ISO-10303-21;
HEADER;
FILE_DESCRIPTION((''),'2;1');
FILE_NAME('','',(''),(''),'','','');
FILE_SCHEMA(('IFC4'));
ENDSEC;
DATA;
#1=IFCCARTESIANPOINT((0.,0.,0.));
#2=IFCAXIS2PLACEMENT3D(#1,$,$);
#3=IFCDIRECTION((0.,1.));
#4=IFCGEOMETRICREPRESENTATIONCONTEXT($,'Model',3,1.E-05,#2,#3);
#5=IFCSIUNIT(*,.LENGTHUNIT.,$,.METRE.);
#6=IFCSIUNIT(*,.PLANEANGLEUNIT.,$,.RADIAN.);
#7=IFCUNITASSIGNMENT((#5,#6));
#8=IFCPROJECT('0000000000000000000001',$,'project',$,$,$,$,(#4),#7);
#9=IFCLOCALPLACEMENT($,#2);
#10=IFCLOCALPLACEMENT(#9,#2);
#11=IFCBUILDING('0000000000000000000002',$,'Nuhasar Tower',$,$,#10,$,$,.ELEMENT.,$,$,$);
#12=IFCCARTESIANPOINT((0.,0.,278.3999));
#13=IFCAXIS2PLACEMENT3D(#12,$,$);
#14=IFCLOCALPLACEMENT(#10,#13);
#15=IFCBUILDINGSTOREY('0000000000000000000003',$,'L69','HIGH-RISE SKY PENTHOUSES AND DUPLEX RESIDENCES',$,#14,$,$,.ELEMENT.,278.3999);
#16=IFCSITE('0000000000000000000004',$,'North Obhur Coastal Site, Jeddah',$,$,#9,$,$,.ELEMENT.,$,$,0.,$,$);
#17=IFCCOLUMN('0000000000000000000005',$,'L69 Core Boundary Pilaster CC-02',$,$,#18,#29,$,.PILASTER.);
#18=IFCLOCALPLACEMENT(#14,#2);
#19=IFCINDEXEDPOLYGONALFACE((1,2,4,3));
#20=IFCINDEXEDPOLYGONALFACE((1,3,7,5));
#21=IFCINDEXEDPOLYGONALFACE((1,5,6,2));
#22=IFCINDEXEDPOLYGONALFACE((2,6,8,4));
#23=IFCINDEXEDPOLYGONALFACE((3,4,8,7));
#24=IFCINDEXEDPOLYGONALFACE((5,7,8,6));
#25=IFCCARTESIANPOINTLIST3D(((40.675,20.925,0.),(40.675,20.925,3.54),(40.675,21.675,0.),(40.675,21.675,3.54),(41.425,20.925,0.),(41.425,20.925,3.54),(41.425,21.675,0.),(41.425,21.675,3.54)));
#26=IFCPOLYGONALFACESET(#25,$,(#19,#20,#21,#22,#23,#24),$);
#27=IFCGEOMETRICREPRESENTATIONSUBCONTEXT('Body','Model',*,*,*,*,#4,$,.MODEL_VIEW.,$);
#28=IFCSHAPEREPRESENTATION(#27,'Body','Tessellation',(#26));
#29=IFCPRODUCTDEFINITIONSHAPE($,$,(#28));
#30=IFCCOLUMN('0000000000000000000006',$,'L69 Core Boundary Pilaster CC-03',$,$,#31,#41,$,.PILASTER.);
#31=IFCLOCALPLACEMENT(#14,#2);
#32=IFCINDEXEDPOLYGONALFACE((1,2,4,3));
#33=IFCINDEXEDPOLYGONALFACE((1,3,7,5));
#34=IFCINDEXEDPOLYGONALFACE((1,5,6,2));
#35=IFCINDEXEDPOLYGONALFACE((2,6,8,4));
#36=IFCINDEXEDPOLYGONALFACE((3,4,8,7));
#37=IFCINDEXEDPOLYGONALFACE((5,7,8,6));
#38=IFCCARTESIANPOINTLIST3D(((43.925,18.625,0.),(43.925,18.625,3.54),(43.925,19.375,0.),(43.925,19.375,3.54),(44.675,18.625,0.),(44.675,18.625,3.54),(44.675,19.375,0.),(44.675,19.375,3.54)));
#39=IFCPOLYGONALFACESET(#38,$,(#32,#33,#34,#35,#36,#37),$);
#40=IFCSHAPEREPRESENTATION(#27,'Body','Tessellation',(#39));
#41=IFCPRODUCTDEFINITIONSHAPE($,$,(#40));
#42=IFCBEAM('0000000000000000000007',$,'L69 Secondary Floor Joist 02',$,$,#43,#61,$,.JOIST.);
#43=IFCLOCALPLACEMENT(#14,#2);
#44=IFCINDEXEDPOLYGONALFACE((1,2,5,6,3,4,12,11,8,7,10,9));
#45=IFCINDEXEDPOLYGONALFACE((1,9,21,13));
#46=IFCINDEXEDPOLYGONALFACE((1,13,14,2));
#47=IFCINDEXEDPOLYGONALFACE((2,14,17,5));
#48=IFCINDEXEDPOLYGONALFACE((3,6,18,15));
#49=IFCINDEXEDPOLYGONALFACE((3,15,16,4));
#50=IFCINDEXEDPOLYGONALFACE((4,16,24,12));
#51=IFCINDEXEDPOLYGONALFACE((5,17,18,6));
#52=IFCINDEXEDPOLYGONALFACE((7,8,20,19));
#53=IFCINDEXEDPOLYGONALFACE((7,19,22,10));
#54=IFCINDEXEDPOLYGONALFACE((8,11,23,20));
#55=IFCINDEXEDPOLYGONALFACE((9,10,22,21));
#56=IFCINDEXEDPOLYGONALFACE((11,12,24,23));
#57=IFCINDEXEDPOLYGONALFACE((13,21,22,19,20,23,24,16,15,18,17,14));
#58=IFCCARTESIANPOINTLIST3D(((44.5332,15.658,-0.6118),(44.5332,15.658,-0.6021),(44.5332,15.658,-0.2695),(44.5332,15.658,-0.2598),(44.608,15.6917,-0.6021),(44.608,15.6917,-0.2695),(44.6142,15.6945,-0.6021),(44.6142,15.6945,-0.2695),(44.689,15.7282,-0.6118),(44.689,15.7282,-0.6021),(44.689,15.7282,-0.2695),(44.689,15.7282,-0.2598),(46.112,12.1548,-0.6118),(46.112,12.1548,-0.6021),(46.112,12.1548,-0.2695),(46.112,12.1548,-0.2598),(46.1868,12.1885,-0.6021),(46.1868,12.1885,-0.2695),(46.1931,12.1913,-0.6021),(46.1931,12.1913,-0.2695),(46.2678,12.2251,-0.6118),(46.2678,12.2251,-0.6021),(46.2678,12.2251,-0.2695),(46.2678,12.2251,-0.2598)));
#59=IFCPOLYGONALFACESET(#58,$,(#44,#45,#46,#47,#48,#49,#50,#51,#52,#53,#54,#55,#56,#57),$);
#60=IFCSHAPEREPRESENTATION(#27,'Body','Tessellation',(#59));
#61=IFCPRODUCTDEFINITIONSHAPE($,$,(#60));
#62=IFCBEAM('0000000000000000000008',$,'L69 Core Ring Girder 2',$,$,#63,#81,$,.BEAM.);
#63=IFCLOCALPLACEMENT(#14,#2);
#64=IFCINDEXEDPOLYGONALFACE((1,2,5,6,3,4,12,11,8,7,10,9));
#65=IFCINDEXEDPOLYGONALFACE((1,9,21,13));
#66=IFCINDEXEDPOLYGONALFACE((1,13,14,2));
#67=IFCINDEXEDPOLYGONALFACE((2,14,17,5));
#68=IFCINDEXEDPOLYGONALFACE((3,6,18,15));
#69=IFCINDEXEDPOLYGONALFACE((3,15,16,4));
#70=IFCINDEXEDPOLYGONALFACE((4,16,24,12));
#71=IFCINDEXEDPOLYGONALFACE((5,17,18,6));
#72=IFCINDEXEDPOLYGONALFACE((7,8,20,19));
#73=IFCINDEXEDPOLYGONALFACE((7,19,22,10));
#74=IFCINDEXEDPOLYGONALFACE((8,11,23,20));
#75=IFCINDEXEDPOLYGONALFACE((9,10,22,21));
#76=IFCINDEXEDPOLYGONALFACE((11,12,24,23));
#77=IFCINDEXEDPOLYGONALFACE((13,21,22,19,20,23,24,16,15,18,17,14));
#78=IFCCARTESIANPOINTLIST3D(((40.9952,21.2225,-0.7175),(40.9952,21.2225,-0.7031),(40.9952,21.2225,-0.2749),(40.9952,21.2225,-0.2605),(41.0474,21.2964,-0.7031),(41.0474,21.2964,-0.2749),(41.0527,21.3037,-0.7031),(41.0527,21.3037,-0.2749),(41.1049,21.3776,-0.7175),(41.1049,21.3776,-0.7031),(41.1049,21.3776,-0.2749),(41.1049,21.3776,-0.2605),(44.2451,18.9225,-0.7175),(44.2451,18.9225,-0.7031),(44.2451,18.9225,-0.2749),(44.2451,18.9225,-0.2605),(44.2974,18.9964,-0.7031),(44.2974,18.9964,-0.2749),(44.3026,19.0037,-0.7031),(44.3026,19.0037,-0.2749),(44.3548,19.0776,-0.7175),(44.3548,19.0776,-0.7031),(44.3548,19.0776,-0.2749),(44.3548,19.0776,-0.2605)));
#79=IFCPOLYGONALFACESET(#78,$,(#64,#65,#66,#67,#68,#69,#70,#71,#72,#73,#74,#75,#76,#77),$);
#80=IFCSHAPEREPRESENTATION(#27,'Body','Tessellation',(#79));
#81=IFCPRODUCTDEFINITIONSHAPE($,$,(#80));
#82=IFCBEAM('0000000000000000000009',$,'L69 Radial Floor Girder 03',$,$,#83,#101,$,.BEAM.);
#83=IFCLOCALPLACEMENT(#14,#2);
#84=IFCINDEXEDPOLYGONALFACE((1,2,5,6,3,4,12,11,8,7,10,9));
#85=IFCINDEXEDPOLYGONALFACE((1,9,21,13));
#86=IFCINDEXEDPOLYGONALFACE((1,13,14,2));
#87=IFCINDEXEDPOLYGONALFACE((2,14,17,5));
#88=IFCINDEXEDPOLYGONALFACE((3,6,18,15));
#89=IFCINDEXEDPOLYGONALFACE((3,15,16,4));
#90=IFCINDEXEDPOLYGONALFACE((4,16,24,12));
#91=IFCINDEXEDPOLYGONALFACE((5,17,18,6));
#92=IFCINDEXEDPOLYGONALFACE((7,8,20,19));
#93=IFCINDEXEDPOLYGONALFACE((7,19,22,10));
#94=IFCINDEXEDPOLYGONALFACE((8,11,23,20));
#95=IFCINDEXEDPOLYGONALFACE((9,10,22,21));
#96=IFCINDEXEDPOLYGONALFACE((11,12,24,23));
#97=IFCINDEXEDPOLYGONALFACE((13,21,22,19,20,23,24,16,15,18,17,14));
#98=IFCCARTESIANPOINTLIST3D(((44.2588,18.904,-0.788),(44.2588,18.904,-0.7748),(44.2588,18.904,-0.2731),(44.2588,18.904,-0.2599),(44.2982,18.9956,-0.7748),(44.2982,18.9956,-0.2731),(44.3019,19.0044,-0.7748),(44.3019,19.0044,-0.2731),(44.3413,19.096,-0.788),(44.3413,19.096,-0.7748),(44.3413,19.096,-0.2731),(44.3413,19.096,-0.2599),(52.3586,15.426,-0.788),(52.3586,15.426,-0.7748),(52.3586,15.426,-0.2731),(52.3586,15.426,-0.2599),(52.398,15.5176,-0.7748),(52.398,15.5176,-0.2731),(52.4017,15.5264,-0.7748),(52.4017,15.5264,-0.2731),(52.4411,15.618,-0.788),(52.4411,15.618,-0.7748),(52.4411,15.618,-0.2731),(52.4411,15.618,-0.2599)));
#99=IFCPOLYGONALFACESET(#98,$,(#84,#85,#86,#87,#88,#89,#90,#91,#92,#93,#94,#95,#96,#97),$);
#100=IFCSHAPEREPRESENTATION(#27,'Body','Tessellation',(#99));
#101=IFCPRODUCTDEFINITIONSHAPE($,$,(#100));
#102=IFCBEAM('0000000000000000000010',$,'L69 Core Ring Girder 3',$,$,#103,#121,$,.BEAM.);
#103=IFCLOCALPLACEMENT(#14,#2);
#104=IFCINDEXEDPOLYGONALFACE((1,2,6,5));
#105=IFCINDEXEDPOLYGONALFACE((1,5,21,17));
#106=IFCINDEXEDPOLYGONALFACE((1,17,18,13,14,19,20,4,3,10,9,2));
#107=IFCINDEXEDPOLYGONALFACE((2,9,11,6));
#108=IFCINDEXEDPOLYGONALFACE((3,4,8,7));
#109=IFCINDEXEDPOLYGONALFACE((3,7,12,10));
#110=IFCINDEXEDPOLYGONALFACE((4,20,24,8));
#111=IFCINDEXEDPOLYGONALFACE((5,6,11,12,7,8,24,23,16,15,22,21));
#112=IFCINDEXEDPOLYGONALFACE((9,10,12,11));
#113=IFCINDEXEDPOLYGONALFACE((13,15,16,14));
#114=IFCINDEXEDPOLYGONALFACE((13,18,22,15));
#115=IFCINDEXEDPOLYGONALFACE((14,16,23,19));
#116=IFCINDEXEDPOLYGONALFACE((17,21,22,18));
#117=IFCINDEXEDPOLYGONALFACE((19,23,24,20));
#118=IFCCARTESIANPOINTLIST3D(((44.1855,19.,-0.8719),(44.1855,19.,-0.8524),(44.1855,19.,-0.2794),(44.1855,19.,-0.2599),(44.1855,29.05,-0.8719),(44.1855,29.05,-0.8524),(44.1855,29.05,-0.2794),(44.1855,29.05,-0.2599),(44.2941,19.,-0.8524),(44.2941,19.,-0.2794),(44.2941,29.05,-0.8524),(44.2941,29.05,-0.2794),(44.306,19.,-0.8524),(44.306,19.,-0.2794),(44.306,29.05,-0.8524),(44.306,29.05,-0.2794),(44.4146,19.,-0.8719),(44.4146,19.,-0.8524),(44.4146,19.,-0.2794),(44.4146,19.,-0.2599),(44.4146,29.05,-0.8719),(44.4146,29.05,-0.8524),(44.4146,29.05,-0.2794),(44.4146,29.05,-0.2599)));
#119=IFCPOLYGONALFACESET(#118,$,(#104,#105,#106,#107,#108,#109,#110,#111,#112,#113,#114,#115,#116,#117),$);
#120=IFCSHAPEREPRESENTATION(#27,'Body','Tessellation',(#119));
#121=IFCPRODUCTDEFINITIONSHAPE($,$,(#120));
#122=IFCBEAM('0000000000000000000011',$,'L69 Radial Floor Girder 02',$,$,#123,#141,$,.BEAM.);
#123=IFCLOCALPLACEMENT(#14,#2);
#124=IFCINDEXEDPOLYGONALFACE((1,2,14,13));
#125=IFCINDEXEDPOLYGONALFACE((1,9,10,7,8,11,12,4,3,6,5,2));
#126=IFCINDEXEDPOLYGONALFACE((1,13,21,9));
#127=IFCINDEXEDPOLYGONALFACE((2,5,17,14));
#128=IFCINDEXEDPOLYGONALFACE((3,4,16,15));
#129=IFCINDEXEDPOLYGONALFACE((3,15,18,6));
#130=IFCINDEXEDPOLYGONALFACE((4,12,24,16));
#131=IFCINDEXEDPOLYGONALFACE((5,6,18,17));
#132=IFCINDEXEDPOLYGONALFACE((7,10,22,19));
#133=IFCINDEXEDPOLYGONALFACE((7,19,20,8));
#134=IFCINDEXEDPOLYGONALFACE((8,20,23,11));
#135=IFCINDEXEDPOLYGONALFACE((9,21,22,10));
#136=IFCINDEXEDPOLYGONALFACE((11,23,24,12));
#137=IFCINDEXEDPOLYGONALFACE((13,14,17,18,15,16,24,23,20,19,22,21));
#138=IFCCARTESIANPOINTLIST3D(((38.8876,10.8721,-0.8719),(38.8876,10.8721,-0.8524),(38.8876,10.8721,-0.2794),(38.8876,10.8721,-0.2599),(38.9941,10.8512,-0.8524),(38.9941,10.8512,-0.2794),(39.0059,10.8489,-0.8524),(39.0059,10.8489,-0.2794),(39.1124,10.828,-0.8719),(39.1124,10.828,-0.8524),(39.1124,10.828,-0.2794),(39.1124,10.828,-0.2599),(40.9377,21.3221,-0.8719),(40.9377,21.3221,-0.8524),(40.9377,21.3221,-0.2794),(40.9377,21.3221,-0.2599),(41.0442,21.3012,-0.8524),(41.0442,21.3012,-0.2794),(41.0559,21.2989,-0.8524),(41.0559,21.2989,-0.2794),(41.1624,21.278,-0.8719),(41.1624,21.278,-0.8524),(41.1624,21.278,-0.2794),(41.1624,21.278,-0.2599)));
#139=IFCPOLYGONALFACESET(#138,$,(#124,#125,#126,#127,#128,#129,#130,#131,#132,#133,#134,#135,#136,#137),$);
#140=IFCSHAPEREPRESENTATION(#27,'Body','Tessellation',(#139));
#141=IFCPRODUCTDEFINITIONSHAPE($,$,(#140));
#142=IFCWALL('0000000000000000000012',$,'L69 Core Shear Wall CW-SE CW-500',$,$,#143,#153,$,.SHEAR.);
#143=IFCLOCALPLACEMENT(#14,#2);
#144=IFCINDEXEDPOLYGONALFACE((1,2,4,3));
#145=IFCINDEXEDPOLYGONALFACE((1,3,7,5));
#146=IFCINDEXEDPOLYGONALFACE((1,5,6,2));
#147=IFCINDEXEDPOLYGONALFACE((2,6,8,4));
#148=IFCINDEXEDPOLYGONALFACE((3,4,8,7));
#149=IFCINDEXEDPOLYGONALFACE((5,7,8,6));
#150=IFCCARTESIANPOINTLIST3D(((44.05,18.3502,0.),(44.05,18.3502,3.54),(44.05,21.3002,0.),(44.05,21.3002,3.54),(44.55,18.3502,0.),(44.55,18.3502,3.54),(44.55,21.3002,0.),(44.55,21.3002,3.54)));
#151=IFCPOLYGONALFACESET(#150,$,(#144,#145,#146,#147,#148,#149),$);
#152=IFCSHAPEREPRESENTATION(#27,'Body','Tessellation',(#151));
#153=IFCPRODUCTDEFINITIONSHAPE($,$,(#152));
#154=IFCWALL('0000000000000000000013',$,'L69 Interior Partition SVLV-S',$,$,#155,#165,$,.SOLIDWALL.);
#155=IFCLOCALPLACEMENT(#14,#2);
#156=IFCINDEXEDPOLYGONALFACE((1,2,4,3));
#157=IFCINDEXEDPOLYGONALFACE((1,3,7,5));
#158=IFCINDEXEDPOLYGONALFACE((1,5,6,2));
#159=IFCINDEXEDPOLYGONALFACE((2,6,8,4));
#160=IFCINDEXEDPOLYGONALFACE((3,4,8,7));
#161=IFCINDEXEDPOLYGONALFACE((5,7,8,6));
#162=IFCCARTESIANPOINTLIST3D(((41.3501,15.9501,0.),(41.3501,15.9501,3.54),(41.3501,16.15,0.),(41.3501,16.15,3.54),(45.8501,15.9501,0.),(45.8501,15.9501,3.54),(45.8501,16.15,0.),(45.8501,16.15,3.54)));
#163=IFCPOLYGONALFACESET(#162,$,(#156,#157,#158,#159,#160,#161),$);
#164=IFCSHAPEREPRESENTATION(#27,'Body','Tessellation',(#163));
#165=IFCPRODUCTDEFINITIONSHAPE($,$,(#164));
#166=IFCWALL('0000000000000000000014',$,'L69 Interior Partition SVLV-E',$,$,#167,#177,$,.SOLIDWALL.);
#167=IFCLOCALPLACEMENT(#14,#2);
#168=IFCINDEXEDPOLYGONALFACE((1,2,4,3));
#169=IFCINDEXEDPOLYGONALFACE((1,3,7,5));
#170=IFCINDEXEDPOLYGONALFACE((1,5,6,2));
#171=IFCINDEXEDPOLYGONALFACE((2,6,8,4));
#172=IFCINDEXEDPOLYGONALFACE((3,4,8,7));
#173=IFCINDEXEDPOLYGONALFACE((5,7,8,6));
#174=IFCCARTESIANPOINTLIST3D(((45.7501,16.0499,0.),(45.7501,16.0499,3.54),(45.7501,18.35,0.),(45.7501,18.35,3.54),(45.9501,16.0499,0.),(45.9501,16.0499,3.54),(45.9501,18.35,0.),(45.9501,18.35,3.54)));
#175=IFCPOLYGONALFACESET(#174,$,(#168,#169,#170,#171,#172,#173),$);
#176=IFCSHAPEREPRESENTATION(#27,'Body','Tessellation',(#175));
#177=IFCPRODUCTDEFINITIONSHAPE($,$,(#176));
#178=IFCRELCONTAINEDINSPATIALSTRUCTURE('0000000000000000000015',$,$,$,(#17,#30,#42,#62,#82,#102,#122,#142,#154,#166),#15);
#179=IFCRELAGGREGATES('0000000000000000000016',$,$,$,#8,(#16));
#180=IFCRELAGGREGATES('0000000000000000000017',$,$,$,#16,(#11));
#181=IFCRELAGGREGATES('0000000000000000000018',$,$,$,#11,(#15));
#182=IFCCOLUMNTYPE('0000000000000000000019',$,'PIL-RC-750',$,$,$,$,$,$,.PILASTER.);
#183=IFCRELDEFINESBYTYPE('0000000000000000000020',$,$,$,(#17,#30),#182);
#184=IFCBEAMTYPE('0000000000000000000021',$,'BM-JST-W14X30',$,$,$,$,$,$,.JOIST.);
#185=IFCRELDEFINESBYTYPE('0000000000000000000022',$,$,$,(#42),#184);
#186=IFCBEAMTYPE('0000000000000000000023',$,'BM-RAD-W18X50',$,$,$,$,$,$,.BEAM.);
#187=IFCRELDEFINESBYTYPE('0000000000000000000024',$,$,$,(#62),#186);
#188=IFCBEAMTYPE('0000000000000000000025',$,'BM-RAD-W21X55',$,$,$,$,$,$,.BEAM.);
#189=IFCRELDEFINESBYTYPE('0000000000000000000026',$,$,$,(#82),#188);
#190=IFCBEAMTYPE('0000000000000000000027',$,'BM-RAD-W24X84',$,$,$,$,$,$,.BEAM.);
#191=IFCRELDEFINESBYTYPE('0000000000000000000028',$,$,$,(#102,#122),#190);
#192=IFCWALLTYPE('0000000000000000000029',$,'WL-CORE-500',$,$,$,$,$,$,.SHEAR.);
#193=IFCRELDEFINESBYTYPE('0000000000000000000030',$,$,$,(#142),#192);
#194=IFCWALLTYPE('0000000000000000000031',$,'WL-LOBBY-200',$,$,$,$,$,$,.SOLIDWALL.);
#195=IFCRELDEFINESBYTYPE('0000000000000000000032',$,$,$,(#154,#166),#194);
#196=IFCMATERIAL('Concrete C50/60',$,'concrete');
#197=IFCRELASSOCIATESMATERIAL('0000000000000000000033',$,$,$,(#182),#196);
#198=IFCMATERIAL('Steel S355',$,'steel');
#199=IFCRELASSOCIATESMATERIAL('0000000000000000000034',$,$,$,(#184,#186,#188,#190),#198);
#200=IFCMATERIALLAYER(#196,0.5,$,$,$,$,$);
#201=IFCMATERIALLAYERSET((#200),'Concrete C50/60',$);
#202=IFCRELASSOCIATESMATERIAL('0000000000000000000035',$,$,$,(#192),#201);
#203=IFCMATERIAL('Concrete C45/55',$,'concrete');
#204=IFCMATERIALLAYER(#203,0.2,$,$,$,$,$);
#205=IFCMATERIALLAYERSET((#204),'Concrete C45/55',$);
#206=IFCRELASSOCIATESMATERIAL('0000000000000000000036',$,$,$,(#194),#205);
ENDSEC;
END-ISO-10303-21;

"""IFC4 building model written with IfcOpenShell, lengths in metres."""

from ifc_helpers import new_model, si_unit, direction, frame, frame_2d, origin, origin_2d, place, context, subcontext, project, spatial, rectangle, i_section, extrude, material, layer, layer_set, material_profile, profile_set, type_object, element, save


model = new_model("IFC4")

# Units and contexts
model_context = context("Model", 3, precision=1e-05, world=origin(), true_north=direction((0.0, 1.0)))
body_context = subcontext(model_context, "Body", "Model", "MODEL_VIEW")
ifc_project = project(units=[si_unit("LENGTHUNIT", "METRE"), si_unit("PLANEANGLEUNIT", "RADIAN")], contexts=[model_context])

# Site, building, storey
site_placement = place(None, origin())
site = spatial("IfcSite", under=ifc_project, at=site_placement, Name="North Obhur Coastal Site, Jeddah", CompositionType="ELEMENT", RefElevation=0.0)
building_placement = place(site_placement, origin())
building = spatial("IfcBuilding", under=site, at=building_placement, Name="Nuhasar Tower", CompositionType="ELEMENT")
storey_placement = place(building_placement, frame((0.0, 0.0, 278.3999)))
storey = spatial("IfcBuildingStorey", under=building, at=storey_placement, Name="L69", Description="HIGH-RISE SKY PENTHOUSES AND DUPLEX RESIDENCES", CompositionType="ELEMENT", Elevation=278.3999)

# Columns
ifc_material_1 = material(Name="Concrete C50/60", Category="concrete")
ifc_material_profile_1 = material_profile(ifc_material_1, rectangle(XDim=0.75, YDim=0.75, at=origin_2d()), Name="RC750X750")
ifc_profile_set_1 = profile_set([ifc_material_profile_1], Name="Concrete C50/60")
column_type = type_object("IfcColumnType", Name="PIL-RC-750", PredefinedType="PILASTER", material=ifc_profile_set_1)
for number, where, z_axis, x_axis, name in (
    (1, (41.05, 21.3, 0.0), (0.0, 0.0, 1.0), (1.0, 0.0, 0.0), "L69 Core Boundary Pilaster CC-02"),
    (2, (44.3, 19.0, 0.0), (0.0, 0.0, 1.0), (1.0, 0.0, 0.0), "L69 Core Boundary Pilaster CC-03"),
):
    element("IfcColumn", number, at=place(storey_placement, frame(where, z_axis=z_axis, x_axis=x_axis)), inside=storey, type_object=column_type, Name=name, PredefinedType="PILASTER", context=body_context, shape_type="SweptSolid", body=[
        extrude(rectangle(XDim=0.75, YDim=0.75, at=origin_2d()), origin(), (0.0, 0.0, 1.0), 3.54),
    ])

# Beams
ifc_material_2 = material(Name="Steel S355", Category="steel")
ifc_material_profile_2 = material_profile(ifc_material_2, i_section(OverallWidth=0.1709, OverallDepth=0.3521, WebThickness=0.0068, FlangeThickness=0.0098, at=origin_2d()), Name="W14X30")
ifc_profile_set_2 = profile_set([ifc_material_profile_2], Name="Steel S355")
beam_type_1 = type_object("IfcBeamType", Name="BM-JST-W14X30", PredefinedType="JOIST", material=ifc_profile_set_2)
beam_1_placement = place(storey_placement, frame((44.6111, 15.6931, -0.4358), z_axis=(0.41089, -0.911685, 0.0), x_axis=(0.911685, 0.41089, 0.0)))
element("IfcBeam", 3, at=beam_1_placement, inside=storey, type_object=beam_type_1, Name="L69 Secondary Floor Joist 02", PredefinedType="JOIST", context=body_context, shape_type="SweptSolid", body=[
    extrude(i_section(OverallWidth=0.1709, OverallDepth=0.3521, WebThickness=0.0068, FlangeThickness=0.0098, at=origin_2d()), origin(), (0.0, 0.0, 1.0), 3.8425),
])
ifc_material_profile_3 = material_profile(ifc_material_2, i_section(OverallWidth=0.1899, OverallDepth=0.457, WebThickness=0.009, FlangeThickness=0.0144, at=origin_2d()), Name="W18X50")
ifc_profile_set_3 = profile_set([ifc_material_profile_3], Name="Steel S355")
beam_type_2 = type_object("IfcBeamType", Name="BM-RAD-W18X50", PredefinedType="BEAM", material=ifc_profile_set_3)
beam_2_placement = place(storey_placement, frame((41.05, 21.3, -0.489), z_axis=(0.816265, -0.577677, 0.0), x_axis=(0.577677, 0.816265, 0.0)))
element("IfcBeam", 4, at=beam_2_placement, inside=storey, type_object=beam_type_2, Name="L69 Core Ring Girder 2", PredefinedType="BEAM", context=body_context, shape_type="SweptSolid", body=[
    extrude(i_section(OverallWidth=0.1899, OverallDepth=0.457, WebThickness=0.009, FlangeThickness=0.0144, at=origin_2d()), origin(), (0.0, 0.0, 1.0), 3.9814),
])
ifc_material_profile_4 = material_profile(ifc_material_2, i_section(OverallWidth=0.209, OverallDepth=0.5281, WebThickness=0.0095, FlangeThickness=0.0132, at=origin_2d()), Name="W21X55")
ifc_profile_set_4 = profile_set([ifc_material_profile_4], Name="Steel S355")
beam_type_3 = type_object("IfcBeamType", Name="BM-RAD-W21X55", PredefinedType="BEAM", material=ifc_profile_set_4)
beam_3_placement = place(storey_placement, frame((44.3, 19.0, -0.5239), z_axis=(0.918871, -0.394558, 0.0), x_axis=(0.394558, 0.918871, 0.0)))
element("IfcBeam", 5, at=beam_3_placement, inside=storey, type_object=beam_type_3, Name="L69 Radial Floor Girder 03", PredefinedType="BEAM", context=body_context, shape_type="SweptSolid", body=[
    extrude(i_section(OverallWidth=0.209, OverallDepth=0.5281, WebThickness=0.0095, FlangeThickness=0.0132, at=origin_2d()), origin(), (0.0, 0.0, 1.0), 8.8149),
])
ifc_material_profile_5 = material_profile(ifc_material_2, i_section(OverallWidth=0.229, OverallDepth=0.6121, WebThickness=0.012, FlangeThickness=0.0195, at=origin_2d()), Name="W24X84")
ifc_profile_set_5 = profile_set([ifc_material_profile_5], Name="Steel S355")
beam_type_4 = type_object("IfcBeamType", Name="BM-RAD-W24X84", PredefinedType="BEAM", material=ifc_profile_set_5)
beam_4_placement = place(storey_placement, frame((44.3, 19.0, -0.5659), z_axis=(0.0, 1.0, 0.0), x_axis=(-1.0, 0.0, 0.0)))
element("IfcBeam", 6, at=beam_4_placement, inside=storey, type_object=beam_type_4, Name="L69 Core Ring Girder 3", PredefinedType="BEAM", context=body_context, shape_type="SweptSolid", body=[
    extrude(i_section(OverallWidth=0.229, OverallDepth=0.6121, WebThickness=0.012, FlangeThickness=0.0195, at=origin_2d()), origin(), (0.0, 0.0, 1.0), 10.05),
])
beam_5_placement = place(storey_placement, frame((41.05, 21.3, -0.5659), z_axis=(-0.192508, -0.981295, 0.0), x_axis=(0.981295, -0.192508, 0.0)))
element("IfcBeam", 7, at=beam_5_placement, inside=storey, type_object=beam_type_4, Name="L69 Radial Floor Girder 02", PredefinedType="BEAM", context=body_context, shape_type="SweptSolid", body=[
    extrude(i_section(OverallWidth=0.229, OverallDepth=0.6121, WebThickness=0.012, FlangeThickness=0.0195, at=origin_2d()), origin(), (0.0, 0.0, 1.0), 10.6492),
])

# Wall
ifc_layer_1 = layer(ifc_material_1, 0.5)
ifc_layer_set_1 = layer_set([ifc_layer_1], Name="Concrete C50/60")
wall_type_1 = type_object("IfcWallType", Name="WL-CORE-500", PredefinedType="SHEAR", material=ifc_layer_set_1)
wall_1_placement = place(storey_placement, frame((44.3, 18.3501, 0.0), z_axis=(0.0, 0.0, 1.0), x_axis=(0.0, 1.0, 0.0)))
element("IfcWall", 8, at=wall_1_placement, inside=storey, type_object=wall_type_1, Name="L69 Core Shear Wall CW-SE CW-500", PredefinedType="SHEAR", context=body_context, shape_type="SweptSolid", body=[
    extrude(rectangle(XDim=2.95, YDim=0.5, at=frame_2d((1.4751, 0.0))), origin(), (0.0, 0.0, 1.0), 3.54),
])

# Shared definitions
ifc_material_3 = material(Name="Concrete C45/55", Category="concrete")
ifc_layer_2 = layer(ifc_material_3, 0.2)
ifc_layer_set_2 = layer_set([ifc_layer_2], Name="Concrete C45/55")
wall_type_2 = type_object("IfcWallType", Name="WL-LOBBY-200", PredefinedType="SOLIDWALL", material=ifc_layer_set_2)

# Walls
wall_2_placement = place(storey_placement, frame((41.3501, 16.05, 0.0), z_axis=(0.0, 0.0, 1.0), x_axis=(1.0, 0.0, 0.0)))
element("IfcWall", 9, at=wall_2_placement, inside=storey, type_object=wall_type_2, Name="L69 Interior Partition SVLV-S", PredefinedType="SOLIDWALL", context=body_context, shape_type="SweptSolid", body=[
    extrude(rectangle(XDim=4.5, YDim=0.2, at=frame_2d((2.25, 0.0))), origin(), (0.0, 0.0, 1.0), 3.54),
])
wall_3_placement = place(storey_placement, frame((45.8501, 16.05, 0.0), z_axis=(0.0, 0.0, 1.0), x_axis=(0.0, 1.0, 0.0)))
element("IfcWall", 10, at=wall_3_placement, inside=storey, type_object=wall_type_2, Name="L69 Interior Partition SVLV-E", PredefinedType="SOLIDWALL", context=body_context, shape_type="SweptSolid", body=[
    extrude(rectangle(XDim=2.3, YDim=0.2, at=frame_2d((1.1499, 0.0))), origin(), (0.0, 0.0, 1.0), 3.54),
])

save(model, "model.ifc")
